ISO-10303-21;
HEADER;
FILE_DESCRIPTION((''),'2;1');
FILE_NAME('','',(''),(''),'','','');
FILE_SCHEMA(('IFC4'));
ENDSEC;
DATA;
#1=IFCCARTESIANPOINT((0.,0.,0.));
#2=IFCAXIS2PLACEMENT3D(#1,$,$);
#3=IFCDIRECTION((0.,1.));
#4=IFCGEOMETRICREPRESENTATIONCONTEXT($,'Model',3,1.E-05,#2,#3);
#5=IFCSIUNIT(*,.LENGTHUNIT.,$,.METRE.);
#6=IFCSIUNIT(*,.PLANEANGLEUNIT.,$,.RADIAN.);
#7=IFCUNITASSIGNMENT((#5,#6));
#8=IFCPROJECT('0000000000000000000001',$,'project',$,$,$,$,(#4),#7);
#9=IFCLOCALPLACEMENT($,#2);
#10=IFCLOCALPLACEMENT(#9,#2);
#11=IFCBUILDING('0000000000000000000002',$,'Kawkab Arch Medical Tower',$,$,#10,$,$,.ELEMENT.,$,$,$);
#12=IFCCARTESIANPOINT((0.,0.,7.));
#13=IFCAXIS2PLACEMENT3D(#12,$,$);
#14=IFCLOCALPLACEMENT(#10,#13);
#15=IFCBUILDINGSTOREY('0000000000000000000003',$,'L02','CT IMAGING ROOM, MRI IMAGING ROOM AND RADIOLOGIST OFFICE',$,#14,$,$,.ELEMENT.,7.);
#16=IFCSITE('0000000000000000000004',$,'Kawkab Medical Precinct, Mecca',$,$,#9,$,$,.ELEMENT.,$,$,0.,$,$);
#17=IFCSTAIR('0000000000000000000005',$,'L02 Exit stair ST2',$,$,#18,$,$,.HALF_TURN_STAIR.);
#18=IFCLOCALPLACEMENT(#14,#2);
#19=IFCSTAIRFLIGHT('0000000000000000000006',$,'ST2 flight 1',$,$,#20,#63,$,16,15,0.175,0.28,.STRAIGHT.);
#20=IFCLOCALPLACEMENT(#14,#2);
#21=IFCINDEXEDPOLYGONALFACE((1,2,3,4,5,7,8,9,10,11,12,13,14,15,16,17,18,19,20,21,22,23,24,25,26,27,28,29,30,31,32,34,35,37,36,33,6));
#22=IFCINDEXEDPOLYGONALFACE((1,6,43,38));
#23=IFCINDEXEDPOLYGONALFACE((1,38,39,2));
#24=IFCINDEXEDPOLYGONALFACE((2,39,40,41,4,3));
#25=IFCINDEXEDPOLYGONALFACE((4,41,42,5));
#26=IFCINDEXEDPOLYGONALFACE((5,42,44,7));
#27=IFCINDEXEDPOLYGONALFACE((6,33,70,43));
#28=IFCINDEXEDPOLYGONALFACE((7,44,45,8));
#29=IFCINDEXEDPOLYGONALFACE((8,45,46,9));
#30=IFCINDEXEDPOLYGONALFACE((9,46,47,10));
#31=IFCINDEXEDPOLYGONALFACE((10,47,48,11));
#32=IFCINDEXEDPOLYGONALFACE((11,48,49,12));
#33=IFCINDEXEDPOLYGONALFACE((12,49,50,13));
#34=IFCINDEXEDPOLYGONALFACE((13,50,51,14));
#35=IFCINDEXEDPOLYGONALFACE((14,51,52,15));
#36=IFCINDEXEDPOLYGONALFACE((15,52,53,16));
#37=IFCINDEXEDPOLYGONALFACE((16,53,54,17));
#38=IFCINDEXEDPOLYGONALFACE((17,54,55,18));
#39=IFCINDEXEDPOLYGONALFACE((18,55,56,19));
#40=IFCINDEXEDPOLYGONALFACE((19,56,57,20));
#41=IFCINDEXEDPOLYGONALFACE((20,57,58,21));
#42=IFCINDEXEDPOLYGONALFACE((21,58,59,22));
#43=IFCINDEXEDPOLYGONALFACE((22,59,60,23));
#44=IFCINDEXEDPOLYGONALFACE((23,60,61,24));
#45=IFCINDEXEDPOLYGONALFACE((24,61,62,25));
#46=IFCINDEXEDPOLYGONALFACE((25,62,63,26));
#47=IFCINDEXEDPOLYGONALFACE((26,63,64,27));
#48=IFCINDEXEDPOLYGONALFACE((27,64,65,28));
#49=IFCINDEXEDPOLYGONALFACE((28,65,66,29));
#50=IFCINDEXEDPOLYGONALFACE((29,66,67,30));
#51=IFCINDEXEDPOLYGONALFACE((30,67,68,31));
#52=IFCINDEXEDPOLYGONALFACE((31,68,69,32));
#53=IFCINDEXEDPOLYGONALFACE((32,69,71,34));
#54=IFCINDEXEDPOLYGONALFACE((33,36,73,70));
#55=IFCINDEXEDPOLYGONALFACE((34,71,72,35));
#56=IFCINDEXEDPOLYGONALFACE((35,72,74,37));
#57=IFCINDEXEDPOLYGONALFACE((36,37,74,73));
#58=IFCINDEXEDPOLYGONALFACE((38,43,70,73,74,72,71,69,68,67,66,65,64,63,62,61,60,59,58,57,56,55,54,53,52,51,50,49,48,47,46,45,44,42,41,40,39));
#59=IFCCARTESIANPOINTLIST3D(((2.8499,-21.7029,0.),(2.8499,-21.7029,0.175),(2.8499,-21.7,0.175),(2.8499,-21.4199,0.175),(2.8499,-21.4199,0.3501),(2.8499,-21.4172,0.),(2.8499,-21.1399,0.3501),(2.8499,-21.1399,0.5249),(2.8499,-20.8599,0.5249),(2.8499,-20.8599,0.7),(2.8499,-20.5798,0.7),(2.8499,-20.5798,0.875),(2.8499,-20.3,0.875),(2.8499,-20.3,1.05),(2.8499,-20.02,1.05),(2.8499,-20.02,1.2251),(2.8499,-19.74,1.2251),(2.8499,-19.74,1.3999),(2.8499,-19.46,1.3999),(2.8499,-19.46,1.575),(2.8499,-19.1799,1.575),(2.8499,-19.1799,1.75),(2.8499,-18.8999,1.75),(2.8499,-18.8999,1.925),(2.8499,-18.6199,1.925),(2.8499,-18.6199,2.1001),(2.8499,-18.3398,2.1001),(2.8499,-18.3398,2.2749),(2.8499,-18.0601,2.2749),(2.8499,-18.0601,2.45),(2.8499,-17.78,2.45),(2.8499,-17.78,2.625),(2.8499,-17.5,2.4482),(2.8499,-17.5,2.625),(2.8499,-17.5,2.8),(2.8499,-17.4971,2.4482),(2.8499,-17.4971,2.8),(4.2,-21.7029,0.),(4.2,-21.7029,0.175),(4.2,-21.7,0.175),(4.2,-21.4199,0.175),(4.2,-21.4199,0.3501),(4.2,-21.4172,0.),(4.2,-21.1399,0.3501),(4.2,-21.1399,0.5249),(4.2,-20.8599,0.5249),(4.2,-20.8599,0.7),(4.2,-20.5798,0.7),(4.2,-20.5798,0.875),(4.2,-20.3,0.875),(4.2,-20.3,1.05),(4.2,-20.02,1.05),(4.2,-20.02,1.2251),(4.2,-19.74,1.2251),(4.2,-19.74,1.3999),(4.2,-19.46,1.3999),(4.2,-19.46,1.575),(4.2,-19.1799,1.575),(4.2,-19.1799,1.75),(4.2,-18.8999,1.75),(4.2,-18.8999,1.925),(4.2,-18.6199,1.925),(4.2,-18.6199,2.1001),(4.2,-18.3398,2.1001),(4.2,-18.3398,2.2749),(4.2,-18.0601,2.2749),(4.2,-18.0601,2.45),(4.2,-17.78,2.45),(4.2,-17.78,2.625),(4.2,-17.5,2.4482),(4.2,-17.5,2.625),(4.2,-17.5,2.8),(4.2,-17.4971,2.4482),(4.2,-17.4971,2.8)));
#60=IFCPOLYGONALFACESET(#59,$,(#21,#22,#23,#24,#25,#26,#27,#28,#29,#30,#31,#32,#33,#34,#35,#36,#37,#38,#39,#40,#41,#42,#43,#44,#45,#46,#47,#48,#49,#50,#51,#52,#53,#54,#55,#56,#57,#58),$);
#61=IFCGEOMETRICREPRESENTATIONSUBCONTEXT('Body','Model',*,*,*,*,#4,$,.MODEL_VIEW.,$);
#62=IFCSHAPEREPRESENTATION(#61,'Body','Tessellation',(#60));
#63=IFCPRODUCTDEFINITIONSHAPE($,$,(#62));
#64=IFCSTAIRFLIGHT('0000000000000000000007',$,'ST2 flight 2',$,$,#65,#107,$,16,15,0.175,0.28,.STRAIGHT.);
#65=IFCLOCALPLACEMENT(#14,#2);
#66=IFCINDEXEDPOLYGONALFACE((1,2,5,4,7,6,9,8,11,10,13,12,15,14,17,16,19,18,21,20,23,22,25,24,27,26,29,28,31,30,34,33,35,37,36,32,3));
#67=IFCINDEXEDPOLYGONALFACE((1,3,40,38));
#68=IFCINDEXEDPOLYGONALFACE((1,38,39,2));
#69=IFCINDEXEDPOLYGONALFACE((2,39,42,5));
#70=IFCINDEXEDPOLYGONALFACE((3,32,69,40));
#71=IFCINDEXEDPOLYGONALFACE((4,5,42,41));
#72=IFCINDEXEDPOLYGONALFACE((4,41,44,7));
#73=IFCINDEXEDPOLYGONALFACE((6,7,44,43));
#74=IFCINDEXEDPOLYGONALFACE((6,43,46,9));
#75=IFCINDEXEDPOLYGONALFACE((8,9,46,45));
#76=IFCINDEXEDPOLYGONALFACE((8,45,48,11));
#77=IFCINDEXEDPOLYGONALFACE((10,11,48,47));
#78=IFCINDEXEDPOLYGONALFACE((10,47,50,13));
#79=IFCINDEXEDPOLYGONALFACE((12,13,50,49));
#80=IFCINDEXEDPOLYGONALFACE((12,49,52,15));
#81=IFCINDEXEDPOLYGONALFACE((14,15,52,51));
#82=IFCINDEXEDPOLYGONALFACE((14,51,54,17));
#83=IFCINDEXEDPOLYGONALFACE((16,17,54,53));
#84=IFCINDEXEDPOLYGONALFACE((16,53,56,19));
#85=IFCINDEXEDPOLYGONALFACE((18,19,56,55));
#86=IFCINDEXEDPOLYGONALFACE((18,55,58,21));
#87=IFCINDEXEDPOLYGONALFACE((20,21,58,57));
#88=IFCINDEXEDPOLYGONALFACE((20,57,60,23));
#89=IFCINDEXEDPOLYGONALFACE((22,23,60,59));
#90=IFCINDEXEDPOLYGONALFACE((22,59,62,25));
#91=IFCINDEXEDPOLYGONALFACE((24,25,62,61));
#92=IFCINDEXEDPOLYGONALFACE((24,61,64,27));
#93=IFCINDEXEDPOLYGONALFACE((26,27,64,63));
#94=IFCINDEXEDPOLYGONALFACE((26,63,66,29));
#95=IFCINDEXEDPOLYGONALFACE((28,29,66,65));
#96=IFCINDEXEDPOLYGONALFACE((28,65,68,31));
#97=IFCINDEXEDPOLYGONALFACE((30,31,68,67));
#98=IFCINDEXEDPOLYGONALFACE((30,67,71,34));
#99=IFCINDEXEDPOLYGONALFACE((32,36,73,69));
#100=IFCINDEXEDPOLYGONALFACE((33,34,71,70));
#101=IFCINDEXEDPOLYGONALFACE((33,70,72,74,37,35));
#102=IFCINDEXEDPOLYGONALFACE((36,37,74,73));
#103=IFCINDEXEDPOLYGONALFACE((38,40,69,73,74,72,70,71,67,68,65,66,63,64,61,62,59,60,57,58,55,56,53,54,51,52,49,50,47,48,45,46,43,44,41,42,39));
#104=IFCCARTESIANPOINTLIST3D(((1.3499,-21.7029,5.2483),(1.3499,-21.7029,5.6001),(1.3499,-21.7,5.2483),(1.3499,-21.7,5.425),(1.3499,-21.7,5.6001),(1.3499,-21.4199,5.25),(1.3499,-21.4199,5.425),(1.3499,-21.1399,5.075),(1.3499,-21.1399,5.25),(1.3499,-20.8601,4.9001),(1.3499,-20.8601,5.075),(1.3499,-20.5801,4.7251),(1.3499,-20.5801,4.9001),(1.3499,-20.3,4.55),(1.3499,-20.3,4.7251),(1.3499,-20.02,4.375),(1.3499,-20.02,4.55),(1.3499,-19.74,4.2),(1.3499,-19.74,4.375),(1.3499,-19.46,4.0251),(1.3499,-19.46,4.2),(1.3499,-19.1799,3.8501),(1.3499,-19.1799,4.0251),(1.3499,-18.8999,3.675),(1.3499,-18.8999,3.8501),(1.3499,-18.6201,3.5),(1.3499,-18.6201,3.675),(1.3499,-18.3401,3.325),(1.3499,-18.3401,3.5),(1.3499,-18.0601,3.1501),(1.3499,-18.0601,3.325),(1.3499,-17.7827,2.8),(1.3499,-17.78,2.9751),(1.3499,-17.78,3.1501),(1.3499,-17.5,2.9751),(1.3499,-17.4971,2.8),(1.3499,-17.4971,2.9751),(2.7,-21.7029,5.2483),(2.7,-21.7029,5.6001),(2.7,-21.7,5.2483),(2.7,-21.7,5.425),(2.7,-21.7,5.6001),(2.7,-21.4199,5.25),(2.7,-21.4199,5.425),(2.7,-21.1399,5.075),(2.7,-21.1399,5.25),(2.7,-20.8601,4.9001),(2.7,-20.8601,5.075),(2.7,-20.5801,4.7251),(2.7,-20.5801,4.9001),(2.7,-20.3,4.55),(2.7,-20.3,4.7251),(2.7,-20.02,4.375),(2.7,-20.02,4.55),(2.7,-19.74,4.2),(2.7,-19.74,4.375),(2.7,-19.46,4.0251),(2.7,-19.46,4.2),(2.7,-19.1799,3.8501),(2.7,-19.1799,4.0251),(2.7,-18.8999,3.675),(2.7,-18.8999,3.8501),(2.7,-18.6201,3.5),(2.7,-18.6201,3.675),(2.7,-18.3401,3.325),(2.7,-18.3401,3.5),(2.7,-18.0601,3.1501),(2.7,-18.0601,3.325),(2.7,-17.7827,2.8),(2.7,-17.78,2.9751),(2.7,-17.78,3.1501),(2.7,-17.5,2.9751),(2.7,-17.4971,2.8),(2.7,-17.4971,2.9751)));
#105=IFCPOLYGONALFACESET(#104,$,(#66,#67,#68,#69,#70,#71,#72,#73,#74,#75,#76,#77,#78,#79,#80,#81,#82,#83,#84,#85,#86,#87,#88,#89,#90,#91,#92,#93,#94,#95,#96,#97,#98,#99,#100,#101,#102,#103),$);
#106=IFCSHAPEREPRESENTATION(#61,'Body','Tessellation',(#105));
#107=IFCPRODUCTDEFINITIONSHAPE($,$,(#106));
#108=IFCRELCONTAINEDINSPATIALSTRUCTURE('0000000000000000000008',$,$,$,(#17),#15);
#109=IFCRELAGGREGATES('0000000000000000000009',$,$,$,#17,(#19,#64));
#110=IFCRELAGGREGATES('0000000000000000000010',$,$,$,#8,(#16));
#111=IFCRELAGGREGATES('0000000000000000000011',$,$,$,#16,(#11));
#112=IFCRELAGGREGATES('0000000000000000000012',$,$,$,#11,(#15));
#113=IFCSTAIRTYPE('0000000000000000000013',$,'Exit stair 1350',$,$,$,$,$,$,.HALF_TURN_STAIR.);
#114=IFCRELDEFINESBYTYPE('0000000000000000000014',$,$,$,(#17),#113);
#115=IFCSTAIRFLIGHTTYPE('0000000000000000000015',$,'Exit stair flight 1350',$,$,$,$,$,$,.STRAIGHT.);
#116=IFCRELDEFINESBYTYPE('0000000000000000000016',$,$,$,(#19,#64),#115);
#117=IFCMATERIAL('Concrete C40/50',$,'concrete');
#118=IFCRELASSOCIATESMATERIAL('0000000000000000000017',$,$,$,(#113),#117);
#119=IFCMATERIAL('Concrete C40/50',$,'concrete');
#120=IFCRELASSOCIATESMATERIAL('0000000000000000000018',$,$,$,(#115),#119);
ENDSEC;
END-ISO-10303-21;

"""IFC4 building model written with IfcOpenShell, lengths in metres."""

from ifc_helpers import new_model, si_unit, direction, frame, origin, place, context, subcontext, project, spatial, polyline, outline, extrude, material, type_object, element, aggregate, save


model = new_model("IFC4")

# Units and contexts
model_context = context("Model", 3, precision=1e-05, world=origin(), true_north=direction((0.0, 1.0)))
body_context = subcontext(model_context, "Body", "Model", "MODEL_VIEW")
ifc_project = project(units=[si_unit("LENGTHUNIT", "METRE"), si_unit("PLANEANGLEUNIT", "RADIAN")], contexts=[model_context])

# Site, building, storey
site_placement = place(None, origin())
site = spatial("IfcSite", under=ifc_project, at=site_placement, Name="Kawkab Medical Precinct, Mecca", CompositionType="ELEMENT", RefElevation=0.0)
building_placement = place(site_placement, origin())
building = spatial("IfcBuilding", under=site, at=building_placement, Name="Kawkab Arch Medical Tower", CompositionType="ELEMENT")
storey_placement = place(building_placement, frame((0.0, 0.0, 7.0)))
storey = spatial("IfcBuildingStorey", under=building, at=storey_placement, Name="L02", Description="CT IMAGING ROOM, MRI IMAGING ROOM AND RADIOLOGIST OFFICE", CompositionType="ELEMENT", Elevation=7.0)

# Shared definitions
ifc_material_1 = material(Name="Concrete C40/50", Category="concrete")
stair_type = type_object("IfcStairType", Name="Exit stair 1350", PredefinedType="HALF_TURN_STAIR", material=ifc_material_1)
placement = place(storey_placement, origin())
ifc_material_2 = material(Name="Concrete C40/50", Category="concrete")
stair_flight_type = type_object("IfcStairFlightType", Name="Exit stair flight 1350", PredefinedType="STRAIGHT", material=ifc_material_2)

# Stair, stair flights
stair_1 = element("IfcStair", 1, at=placement, inside=storey, type_object=stair_type, Name="L02 Exit stair ST2", PredefinedType="HALF_TURN_STAIR")
stair_flight_1_placement = place(storey_placement, frame((3.5249, -21.7, 0.0), z_axis=(0.0, 0.0, 1.0), x_axis=(0.0, 1.0, 0.0)))
stair_flight_1 = element("IfcStairFlight", 2, at=stair_flight_1_placement, type_object=stair_flight_type, Name="ST2 flight 1", NumberOfRisers=16, NumberOfTreads=15, PredefinedType="STRAIGHT", RiserHeight=0.175, TreadLength=0.28, context=body_context, shape_type="SweptSolid", body=[
    extrude(outline(polyline([(-0.0029, 0.0), (-0.0029, 0.175), (0.0, 0.175), (0.28, 0.175), (0.28, 0.3501), (0.5601, 0.3501), (0.5601, 0.5249), (0.8401, 0.5249), (0.8401, 0.7), (1.1201, 0.7), (1.1201, 0.875), (1.3999, 0.875), (1.3999, 1.05), (1.6799, 1.05), (1.6799, 1.2251), (1.96, 1.2251), (1.96, 1.3999), (2.24, 1.3999), (2.24, 1.575), (2.52, 1.575), (2.52, 1.75), (2.8, 1.75), (2.8, 1.925), (3.0801, 1.925), (3.0801, 2.1001), (3.3601, 2.1001), (3.3601, 2.2749), (3.6399, 2.2749), (3.6399, 2.45), (3.9199, 2.45), (3.9199, 2.625), (4.2, 2.625), (4.2, 2.8), (4.2029, 2.8), (4.2029, 2.4482), (4.2, 2.4482), (0.2827, 0.0), (-0.0029, 0.0)])), frame((0.0, 0.675, 0.0), z_axis=(0.0, -1.0, 0.0), x_axis=(1.0, 0.0, 0.0)), (0.0, 0.0, 1.0), 1.3501),
])
stair_flight_2_placement = place(storey_placement, frame((2.0249, -17.5, 2.8), z_axis=(0.0, 0.0, 1.0), x_axis=(0.0, -1.0, 0.0)))
stair_flight_2 = element("IfcStairFlight", 3, at=stair_flight_2_placement, type_object=stair_flight_type, Name="ST2 flight 2", NumberOfRisers=16, NumberOfTreads=15, PredefinedType="STRAIGHT", RiserHeight=0.175, TreadLength=0.28, context=body_context, shape_type="SweptSolid", body=[
    extrude(outline(polyline([(-0.0029, 0.0), (-0.0029, 0.175), (0.0, 0.175), (0.28, 0.175), (0.28, 0.3501), (0.5601, 0.3501), (0.5601, 0.5249), (0.8401, 0.5249), (0.8401, 0.7), (1.1201, 0.7), (1.1201, 0.875), (1.3999, 0.875), (1.3999, 1.05), (1.6799, 1.05), (1.6799, 1.2251), (1.96, 1.2251), (1.96, 1.3999), (2.24, 1.3999), (2.24, 1.575), (2.52, 1.575), (2.52, 1.75), (2.8, 1.75), (2.8, 1.925), (3.0801, 1.925), (3.0801, 2.1001), (3.3601, 2.1001), (3.3601, 2.2749), (3.6399, 2.2749), (3.6399, 2.45), (3.9199, 2.45), (3.9199, 2.625), (4.2, 2.625), (4.2, 2.8), (4.2029, 2.8), (4.2029, 2.4482), (4.2, 2.4482), (0.2827, 0.0), (-0.0029, 0.0)])), frame((0.0, 0.675, 0.0), z_axis=(0.0, -1.0, 0.0), x_axis=(1.0, 0.0, 0.0)), (0.0, 0.0, 1.0), 1.3501),
])
aggregate(stair_1, [stair_flight_1, stair_flight_2])

save(model, "model.ifc")
